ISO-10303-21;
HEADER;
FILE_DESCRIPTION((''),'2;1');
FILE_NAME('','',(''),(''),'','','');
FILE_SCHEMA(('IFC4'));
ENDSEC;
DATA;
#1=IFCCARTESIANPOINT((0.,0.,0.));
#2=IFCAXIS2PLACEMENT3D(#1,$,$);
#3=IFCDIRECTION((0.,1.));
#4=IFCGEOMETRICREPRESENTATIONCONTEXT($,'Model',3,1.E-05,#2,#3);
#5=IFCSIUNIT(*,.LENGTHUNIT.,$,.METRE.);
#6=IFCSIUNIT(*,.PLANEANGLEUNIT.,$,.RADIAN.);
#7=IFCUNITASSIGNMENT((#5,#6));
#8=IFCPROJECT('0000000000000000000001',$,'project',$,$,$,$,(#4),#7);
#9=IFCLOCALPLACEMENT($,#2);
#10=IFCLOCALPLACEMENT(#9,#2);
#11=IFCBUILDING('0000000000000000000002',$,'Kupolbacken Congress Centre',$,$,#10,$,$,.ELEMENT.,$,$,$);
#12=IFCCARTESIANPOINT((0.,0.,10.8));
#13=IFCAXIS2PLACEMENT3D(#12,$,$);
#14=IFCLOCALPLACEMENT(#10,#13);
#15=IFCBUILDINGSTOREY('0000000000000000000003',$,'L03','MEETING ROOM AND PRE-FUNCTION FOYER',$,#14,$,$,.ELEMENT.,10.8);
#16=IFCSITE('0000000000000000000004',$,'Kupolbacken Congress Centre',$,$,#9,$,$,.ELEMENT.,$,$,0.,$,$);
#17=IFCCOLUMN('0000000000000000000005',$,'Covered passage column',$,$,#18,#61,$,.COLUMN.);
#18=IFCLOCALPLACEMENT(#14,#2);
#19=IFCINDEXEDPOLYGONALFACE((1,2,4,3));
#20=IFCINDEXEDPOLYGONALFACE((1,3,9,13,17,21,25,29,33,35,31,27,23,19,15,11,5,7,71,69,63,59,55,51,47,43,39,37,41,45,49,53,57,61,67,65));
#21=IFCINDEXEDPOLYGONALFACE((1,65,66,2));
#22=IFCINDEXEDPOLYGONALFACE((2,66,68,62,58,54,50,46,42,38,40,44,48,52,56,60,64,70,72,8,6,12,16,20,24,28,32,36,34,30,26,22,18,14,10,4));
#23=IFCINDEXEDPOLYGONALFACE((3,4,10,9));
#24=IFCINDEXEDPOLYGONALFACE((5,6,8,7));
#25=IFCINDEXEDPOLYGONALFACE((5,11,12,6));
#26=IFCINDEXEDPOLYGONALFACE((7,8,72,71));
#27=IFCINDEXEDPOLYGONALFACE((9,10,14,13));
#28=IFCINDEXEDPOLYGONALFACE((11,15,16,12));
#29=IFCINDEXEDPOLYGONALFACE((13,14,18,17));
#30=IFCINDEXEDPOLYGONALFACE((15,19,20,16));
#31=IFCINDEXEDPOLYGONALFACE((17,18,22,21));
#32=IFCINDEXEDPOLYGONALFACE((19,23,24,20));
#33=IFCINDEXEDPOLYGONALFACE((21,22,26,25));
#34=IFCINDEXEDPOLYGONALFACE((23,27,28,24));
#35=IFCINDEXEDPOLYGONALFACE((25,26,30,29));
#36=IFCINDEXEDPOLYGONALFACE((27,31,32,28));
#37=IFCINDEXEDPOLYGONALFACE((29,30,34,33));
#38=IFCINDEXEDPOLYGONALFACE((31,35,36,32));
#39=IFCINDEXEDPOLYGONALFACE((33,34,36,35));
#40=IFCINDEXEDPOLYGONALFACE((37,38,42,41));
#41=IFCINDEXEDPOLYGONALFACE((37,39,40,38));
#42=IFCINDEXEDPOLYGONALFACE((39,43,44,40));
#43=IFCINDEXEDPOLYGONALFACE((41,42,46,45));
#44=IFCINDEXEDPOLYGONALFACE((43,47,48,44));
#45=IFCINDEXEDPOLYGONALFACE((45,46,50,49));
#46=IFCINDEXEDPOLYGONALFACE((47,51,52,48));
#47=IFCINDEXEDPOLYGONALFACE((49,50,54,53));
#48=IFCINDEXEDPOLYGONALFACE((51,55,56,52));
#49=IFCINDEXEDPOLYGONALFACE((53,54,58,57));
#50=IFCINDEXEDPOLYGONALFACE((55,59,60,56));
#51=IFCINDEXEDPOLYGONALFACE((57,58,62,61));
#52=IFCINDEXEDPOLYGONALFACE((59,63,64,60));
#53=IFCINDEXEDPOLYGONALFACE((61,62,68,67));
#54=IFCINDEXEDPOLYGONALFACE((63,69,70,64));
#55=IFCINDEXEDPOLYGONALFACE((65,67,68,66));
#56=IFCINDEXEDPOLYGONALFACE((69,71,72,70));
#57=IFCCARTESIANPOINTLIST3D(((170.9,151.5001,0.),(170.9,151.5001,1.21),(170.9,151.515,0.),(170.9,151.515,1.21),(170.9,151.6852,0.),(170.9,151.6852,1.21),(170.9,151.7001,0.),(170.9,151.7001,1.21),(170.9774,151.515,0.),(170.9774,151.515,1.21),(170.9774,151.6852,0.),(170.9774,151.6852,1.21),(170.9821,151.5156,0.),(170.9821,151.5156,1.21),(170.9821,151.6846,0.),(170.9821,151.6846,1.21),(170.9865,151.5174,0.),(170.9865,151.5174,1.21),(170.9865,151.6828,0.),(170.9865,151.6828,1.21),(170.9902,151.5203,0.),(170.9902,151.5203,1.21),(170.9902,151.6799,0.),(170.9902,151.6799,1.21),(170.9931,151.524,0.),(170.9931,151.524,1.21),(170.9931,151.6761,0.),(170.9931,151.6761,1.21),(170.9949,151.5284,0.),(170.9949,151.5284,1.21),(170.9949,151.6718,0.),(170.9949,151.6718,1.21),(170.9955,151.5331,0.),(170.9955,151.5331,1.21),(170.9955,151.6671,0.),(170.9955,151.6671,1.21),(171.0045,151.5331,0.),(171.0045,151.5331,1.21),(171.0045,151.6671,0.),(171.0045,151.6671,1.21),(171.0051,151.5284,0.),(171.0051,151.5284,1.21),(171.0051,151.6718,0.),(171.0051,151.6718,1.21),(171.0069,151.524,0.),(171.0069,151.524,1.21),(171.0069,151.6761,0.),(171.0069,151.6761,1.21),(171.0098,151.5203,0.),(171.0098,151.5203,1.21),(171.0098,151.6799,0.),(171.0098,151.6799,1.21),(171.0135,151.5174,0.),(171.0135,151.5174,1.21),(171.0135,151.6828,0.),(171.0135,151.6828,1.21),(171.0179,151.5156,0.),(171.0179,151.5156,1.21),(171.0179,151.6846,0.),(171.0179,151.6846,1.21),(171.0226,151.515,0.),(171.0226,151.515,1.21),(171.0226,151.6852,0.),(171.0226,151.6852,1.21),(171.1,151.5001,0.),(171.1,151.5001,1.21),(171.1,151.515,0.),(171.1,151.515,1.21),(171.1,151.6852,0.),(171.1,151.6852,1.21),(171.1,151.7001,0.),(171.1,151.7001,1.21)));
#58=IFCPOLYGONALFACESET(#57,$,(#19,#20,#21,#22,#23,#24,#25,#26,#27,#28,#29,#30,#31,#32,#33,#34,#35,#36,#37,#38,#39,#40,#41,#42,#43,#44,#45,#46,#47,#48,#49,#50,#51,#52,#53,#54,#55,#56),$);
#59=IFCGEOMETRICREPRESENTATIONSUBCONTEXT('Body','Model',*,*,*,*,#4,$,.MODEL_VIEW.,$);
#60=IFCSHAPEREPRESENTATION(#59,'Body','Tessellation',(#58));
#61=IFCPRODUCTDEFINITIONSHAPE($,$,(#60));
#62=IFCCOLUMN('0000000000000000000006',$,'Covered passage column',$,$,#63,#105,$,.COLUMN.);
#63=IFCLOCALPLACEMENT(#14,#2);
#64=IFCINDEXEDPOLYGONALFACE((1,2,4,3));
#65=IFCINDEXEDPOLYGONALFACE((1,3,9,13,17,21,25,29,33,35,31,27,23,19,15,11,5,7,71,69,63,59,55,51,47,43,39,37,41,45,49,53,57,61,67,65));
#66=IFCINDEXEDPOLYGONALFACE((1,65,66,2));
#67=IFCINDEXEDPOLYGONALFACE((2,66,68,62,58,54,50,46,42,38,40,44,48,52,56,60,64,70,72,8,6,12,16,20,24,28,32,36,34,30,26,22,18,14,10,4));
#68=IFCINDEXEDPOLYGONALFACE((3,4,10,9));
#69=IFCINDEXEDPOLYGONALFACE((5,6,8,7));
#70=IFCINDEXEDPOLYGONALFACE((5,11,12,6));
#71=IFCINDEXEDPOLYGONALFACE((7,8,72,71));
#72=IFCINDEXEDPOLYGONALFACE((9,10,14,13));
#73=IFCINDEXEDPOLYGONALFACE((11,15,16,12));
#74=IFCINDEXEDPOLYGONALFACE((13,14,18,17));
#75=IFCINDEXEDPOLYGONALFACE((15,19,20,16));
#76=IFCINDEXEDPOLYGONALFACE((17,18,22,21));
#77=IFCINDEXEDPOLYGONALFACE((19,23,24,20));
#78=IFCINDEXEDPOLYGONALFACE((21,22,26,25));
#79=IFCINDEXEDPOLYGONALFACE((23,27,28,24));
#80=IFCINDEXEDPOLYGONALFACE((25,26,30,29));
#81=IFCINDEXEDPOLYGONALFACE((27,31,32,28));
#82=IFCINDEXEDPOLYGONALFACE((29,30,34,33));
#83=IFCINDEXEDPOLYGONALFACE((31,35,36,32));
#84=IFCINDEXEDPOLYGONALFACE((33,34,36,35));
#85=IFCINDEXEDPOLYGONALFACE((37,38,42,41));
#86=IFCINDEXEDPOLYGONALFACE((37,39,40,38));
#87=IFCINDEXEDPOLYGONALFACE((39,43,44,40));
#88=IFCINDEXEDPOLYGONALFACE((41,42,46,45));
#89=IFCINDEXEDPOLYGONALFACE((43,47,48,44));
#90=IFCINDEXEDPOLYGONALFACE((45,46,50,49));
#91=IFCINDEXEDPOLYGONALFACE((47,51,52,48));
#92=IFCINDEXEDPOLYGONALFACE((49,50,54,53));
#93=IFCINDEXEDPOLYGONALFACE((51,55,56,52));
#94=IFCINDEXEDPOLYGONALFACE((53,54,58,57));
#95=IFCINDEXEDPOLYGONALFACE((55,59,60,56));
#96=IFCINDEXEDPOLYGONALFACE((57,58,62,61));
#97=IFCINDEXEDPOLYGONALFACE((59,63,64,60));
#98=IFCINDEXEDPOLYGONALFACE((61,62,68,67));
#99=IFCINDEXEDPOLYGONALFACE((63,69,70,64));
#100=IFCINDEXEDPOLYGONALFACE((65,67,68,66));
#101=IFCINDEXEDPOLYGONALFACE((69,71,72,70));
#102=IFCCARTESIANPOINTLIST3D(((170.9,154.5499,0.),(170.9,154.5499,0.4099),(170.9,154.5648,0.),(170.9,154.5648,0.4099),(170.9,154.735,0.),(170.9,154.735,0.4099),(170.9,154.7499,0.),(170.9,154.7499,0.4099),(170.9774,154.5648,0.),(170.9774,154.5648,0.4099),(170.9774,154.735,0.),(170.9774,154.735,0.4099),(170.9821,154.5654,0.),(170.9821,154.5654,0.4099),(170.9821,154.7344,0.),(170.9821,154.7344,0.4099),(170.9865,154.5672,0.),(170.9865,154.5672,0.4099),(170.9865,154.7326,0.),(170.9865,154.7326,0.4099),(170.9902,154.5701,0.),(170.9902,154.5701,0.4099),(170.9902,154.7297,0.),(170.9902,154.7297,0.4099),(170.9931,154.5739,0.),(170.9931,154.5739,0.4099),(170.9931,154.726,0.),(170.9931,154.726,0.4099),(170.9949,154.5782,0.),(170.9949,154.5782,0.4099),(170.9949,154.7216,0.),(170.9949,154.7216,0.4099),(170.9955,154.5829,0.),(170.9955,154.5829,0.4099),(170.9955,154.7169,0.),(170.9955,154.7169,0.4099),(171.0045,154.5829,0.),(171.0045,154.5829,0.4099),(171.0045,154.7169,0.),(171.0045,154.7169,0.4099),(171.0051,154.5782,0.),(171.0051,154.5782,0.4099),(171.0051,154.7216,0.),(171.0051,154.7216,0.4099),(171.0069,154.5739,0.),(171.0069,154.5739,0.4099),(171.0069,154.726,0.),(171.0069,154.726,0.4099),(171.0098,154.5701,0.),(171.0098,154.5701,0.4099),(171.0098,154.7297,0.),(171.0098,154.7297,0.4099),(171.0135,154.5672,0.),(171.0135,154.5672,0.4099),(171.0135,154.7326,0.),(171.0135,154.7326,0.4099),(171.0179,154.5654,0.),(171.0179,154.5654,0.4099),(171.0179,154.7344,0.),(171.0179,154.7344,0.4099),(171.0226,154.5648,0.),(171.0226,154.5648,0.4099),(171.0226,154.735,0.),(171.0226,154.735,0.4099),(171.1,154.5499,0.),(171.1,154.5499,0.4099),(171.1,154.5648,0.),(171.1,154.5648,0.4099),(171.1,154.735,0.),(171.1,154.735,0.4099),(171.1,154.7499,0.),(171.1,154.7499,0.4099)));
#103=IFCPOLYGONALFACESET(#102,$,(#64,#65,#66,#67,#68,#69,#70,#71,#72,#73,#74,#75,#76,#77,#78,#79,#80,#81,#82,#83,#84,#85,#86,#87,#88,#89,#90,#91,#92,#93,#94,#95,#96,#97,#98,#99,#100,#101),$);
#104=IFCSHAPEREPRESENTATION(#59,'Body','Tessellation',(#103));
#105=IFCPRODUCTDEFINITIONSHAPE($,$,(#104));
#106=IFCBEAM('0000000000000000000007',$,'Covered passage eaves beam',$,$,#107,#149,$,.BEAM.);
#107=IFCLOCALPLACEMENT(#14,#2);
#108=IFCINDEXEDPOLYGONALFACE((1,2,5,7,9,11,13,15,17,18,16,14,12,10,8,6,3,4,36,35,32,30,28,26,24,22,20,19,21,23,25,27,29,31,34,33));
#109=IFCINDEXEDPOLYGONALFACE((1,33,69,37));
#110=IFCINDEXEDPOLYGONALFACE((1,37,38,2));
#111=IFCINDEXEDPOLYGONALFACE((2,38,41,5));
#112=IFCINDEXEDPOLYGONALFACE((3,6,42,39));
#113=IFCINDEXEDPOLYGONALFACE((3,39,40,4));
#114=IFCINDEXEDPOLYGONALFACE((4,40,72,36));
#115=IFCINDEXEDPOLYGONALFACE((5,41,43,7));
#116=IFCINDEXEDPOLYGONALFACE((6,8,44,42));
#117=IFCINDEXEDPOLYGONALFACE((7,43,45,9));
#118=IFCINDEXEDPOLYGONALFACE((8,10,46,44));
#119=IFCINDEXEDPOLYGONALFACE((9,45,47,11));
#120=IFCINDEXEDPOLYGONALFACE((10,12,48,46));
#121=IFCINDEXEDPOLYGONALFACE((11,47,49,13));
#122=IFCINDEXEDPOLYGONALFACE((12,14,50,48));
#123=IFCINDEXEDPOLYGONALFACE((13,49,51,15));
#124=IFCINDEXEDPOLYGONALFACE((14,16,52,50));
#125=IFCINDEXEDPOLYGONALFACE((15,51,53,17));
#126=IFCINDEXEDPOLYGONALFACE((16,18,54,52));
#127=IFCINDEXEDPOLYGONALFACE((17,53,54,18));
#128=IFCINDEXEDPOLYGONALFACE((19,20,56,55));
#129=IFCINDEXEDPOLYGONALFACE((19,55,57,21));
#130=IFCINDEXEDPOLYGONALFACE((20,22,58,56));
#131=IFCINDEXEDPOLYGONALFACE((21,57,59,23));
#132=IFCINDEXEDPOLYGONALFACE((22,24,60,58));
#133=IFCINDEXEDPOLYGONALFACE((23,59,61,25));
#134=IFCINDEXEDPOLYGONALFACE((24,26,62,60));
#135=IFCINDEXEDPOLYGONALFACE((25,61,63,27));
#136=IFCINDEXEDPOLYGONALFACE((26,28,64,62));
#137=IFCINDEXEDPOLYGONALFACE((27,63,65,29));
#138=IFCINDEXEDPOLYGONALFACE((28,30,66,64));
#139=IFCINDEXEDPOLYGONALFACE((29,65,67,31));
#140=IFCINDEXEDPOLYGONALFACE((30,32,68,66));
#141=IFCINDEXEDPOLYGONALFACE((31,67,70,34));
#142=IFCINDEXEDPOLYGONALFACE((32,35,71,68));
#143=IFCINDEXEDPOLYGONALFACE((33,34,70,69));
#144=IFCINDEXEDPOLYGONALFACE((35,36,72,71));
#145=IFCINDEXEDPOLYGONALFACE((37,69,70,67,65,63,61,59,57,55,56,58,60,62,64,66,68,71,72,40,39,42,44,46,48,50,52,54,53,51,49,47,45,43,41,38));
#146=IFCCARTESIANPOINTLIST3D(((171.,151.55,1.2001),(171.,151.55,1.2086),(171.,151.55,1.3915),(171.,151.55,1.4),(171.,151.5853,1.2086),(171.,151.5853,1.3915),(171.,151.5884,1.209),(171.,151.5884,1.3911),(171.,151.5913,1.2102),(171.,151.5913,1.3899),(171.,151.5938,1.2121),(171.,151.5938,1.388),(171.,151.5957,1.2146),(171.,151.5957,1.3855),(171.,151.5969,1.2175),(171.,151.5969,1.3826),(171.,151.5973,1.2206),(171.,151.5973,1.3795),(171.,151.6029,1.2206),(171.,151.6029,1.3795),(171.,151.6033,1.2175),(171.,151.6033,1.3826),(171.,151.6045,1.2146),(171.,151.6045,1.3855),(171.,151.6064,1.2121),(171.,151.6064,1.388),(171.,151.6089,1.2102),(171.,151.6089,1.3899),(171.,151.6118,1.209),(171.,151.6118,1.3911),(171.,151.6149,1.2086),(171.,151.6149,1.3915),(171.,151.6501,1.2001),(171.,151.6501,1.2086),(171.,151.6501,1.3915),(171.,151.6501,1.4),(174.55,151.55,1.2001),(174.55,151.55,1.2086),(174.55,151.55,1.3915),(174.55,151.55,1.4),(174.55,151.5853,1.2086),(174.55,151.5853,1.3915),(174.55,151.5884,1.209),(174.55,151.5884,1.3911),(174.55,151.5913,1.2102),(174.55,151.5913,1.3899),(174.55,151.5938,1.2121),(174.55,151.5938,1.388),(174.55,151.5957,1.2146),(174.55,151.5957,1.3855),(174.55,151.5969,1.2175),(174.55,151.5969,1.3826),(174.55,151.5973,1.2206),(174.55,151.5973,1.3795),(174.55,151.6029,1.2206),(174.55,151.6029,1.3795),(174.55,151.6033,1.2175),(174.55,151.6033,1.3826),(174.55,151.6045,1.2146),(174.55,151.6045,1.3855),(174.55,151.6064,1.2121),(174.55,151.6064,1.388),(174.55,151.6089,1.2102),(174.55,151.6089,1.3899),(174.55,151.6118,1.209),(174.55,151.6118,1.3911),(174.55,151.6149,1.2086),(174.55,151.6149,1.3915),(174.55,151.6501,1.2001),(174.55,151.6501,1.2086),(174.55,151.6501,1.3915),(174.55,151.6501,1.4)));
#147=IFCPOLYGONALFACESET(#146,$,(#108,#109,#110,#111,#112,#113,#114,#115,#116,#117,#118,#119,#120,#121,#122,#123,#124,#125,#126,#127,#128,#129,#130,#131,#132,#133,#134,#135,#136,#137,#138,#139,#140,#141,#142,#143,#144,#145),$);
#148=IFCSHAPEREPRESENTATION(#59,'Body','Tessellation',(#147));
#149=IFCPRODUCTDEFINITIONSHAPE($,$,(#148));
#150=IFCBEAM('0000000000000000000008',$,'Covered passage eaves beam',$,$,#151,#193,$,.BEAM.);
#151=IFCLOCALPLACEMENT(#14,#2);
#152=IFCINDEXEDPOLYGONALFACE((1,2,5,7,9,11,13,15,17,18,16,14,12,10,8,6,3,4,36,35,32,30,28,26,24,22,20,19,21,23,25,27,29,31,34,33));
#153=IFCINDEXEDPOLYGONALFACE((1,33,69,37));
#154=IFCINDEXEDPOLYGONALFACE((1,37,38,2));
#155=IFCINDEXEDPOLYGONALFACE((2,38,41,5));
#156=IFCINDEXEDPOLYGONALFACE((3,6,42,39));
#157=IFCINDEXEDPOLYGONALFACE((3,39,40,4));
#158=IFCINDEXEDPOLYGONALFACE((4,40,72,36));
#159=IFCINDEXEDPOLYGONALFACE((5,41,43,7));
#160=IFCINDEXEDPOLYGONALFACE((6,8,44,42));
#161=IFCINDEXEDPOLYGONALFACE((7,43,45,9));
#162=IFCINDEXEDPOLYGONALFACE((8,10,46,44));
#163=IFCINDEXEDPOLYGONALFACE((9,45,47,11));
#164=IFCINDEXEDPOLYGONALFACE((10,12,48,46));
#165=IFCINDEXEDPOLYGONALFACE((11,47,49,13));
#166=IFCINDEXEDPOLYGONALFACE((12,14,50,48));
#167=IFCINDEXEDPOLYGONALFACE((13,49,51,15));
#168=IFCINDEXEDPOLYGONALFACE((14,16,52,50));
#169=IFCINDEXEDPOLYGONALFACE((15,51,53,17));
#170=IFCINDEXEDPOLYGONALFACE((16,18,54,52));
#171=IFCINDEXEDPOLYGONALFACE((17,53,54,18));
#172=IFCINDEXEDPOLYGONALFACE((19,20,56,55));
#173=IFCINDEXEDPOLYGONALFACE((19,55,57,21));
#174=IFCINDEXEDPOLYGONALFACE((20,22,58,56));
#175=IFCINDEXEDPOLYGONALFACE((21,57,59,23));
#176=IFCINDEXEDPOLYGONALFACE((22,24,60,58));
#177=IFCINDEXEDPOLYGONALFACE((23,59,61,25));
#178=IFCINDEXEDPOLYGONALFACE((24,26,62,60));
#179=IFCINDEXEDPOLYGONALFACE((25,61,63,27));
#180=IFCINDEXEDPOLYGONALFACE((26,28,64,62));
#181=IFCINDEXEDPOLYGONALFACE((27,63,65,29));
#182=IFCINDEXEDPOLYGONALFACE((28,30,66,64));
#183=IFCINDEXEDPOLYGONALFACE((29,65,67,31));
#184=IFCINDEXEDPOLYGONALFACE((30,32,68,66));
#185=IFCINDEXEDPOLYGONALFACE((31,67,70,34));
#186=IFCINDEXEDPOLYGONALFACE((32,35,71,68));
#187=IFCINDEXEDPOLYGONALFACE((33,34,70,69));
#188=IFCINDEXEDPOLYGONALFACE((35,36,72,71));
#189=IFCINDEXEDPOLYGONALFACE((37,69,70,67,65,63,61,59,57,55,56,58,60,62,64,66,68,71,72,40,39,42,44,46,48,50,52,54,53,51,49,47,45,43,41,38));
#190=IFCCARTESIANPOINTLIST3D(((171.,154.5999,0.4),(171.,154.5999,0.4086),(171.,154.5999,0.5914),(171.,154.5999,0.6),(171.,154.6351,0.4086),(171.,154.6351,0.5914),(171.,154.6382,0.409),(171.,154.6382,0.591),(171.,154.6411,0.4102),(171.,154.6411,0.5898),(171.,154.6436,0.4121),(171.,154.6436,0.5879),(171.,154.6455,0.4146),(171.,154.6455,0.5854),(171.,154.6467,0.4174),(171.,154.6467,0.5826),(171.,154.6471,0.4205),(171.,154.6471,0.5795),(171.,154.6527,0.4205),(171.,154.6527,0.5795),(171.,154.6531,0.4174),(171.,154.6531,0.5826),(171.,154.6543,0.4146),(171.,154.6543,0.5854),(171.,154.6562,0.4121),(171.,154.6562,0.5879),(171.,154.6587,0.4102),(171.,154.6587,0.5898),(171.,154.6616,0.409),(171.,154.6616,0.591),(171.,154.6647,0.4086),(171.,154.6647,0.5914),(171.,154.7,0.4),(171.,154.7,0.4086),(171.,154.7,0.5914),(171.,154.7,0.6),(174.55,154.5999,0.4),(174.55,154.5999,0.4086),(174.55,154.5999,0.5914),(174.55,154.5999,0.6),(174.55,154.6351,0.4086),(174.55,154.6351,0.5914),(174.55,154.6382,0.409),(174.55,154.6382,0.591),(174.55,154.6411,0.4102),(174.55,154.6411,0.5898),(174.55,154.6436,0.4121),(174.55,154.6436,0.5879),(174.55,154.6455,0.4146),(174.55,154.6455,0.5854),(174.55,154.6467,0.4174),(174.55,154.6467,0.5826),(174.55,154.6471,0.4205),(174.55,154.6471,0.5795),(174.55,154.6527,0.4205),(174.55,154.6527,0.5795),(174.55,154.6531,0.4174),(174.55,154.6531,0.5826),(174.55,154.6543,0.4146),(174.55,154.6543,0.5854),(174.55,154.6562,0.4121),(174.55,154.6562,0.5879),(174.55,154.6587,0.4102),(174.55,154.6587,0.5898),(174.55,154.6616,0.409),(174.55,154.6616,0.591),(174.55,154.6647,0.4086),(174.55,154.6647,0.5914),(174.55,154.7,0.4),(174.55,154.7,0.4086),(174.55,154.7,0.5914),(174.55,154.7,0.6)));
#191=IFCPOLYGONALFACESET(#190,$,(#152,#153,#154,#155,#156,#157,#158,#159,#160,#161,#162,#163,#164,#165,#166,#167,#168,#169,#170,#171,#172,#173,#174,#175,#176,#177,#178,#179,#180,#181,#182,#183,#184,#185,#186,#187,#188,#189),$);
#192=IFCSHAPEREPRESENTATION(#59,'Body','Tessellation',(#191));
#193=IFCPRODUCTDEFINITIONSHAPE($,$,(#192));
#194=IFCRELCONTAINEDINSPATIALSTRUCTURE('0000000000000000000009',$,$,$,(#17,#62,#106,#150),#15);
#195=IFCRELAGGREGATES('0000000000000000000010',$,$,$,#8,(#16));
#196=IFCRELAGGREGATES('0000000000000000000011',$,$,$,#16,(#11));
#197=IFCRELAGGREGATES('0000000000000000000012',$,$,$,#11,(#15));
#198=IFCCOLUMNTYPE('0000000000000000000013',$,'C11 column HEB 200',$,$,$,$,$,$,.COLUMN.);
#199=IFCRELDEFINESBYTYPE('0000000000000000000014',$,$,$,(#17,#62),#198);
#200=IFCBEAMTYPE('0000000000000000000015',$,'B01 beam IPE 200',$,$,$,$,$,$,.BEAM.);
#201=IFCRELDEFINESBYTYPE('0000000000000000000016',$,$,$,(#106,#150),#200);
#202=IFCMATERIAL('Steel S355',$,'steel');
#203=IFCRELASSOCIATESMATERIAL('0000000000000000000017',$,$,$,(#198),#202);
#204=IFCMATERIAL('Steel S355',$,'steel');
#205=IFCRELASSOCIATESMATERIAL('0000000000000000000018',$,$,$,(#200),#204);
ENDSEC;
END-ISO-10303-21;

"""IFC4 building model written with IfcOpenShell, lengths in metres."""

from ifc_helpers import new_model, si_unit, direction, frame, origin, origin_2d, place, context, subcontext, project, spatial, i_section, extrude, material, material_profile, profile_set, type_object, element, save


model = new_model("IFC4")

# Units and contexts
model_context = context("Model", 3, precision=1e-05, world=origin(), true_north=direction((0.0, 1.0)))
body_context = subcontext(model_context, "Body", "Model", "MODEL_VIEW")
ifc_project = project(units=[si_unit("LENGTHUNIT", "METRE"), si_unit("PLANEANGLEUNIT", "RADIAN")], contexts=[model_context])

# Site, building, storey
site_placement = place(None, origin())
site = spatial("IfcSite", under=ifc_project, at=site_placement, Name="Kupolbacken Congress Centre", CompositionType="ELEMENT", RefElevation=0.0)
building_placement = place(site_placement, origin())
building = spatial("IfcBuilding", under=site, at=building_placement, Name="Kupolbacken Congress Centre", CompositionType="ELEMENT")
storey_placement = place(building_placement, frame((0.0, 0.0, 10.8)))
storey = spatial("IfcBuildingStorey", under=building, at=storey_placement, Name="L03", Description="MEETING ROOM AND PRE-FUNCTION FOYER", CompositionType="ELEMENT", Elevation=10.8)

# Columns
ifc_material_1 = material(Name="Steel S355", Category="steel")
ifc_material_profile_1 = material_profile(ifc_material_1, i_section(OverallWidth=0.2, OverallDepth=0.2, WebThickness=0.009, FlangeThickness=0.0149, FilletRadius=0.0181, at=origin_2d()), Name="HEB 200")
ifc_profile_set_1 = profile_set([ifc_material_profile_1], Name="Steel S355")
column_type = type_object("IfcColumnType", Name="C11 column HEB 200", PredefinedType="COLUMN", material=ifc_profile_set_1)
column_1_placement = place(storey_placement, frame((171.0, 151.6001, 0.0), z_axis=(0.0, 0.0, 1.0), x_axis=(1.0, 0.0, 0.0)))
element("IfcColumn", 1, at=column_1_placement, inside=storey, type_object=column_type, Name="Covered passage column", PredefinedType="COLUMN", context=body_context, shape_type="SweptSolid", body=[
    extrude(i_section(OverallWidth=0.2, OverallDepth=0.2, WebThickness=0.009, FlangeThickness=0.0149, FilletRadius=0.0181, at=origin_2d()), origin(), (0.0, 0.0, 1.0), 1.21),
])
column_2_placement = place(storey_placement, frame((171.0, 154.6499, 0.0), z_axis=(0.0, 0.0, 1.0), x_axis=(1.0, 0.0, 0.0)))
element("IfcColumn", 2, at=column_2_placement, inside=storey, type_object=column_type, Name="Covered passage column", PredefinedType="COLUMN", context=body_context, shape_type="SweptSolid", body=[
    extrude(i_section(OverallWidth=0.2, OverallDepth=0.2, WebThickness=0.009, FlangeThickness=0.0149, FilletRadius=0.0181, at=origin_2d()), origin(), (0.0, 0.0, 1.0), 0.4099),
])

# Beams
ifc_material_2 = material(Name="Steel S355", Category="steel")
ifc_material_profile_2 = material_profile(ifc_material_2, i_section(OverallWidth=0.1001, OverallDepth=0.2, WebThickness=0.0056, FlangeThickness=0.0085, FilletRadius=0.012, at=origin_2d()), Name="IPE 200")
ifc_profile_set_2 = profile_set([ifc_material_profile_2], Name="Steel S355")
beam_type = type_object("IfcBeamType", Name="B01 beam IPE 200", PredefinedType="BEAM", material=ifc_profile_set_2)
for number, where, z_axis, x_axis, name in (
    (3, (171.0, 151.6001, 1.3), (1.0, 0.0, 0.0), (0.0, 1.0, 0.0), "Covered passage eaves beam"),
    (4, (171.0, 154.6499, 0.5), (1.0, 0.0, 0.0), (0.0, 1.0, 0.0), "Covered passage eaves beam"),
):
    element("IfcBeam", number, at=place(storey_placement, frame(where, z_axis=z_axis, x_axis=x_axis)), inside=storey, type_object=beam_type, Name=name, PredefinedType="BEAM", context=body_context, shape_type="SweptSolid", body=[
        extrude(i_section(OverallWidth=0.1001, OverallDepth=0.2, WebThickness=0.0056, FlangeThickness=0.0085, FilletRadius=0.012, at=origin_2d()), origin(), (0.0, 0.0, 1.0), 3.55),
    ])

save(model, "model.ifc")
